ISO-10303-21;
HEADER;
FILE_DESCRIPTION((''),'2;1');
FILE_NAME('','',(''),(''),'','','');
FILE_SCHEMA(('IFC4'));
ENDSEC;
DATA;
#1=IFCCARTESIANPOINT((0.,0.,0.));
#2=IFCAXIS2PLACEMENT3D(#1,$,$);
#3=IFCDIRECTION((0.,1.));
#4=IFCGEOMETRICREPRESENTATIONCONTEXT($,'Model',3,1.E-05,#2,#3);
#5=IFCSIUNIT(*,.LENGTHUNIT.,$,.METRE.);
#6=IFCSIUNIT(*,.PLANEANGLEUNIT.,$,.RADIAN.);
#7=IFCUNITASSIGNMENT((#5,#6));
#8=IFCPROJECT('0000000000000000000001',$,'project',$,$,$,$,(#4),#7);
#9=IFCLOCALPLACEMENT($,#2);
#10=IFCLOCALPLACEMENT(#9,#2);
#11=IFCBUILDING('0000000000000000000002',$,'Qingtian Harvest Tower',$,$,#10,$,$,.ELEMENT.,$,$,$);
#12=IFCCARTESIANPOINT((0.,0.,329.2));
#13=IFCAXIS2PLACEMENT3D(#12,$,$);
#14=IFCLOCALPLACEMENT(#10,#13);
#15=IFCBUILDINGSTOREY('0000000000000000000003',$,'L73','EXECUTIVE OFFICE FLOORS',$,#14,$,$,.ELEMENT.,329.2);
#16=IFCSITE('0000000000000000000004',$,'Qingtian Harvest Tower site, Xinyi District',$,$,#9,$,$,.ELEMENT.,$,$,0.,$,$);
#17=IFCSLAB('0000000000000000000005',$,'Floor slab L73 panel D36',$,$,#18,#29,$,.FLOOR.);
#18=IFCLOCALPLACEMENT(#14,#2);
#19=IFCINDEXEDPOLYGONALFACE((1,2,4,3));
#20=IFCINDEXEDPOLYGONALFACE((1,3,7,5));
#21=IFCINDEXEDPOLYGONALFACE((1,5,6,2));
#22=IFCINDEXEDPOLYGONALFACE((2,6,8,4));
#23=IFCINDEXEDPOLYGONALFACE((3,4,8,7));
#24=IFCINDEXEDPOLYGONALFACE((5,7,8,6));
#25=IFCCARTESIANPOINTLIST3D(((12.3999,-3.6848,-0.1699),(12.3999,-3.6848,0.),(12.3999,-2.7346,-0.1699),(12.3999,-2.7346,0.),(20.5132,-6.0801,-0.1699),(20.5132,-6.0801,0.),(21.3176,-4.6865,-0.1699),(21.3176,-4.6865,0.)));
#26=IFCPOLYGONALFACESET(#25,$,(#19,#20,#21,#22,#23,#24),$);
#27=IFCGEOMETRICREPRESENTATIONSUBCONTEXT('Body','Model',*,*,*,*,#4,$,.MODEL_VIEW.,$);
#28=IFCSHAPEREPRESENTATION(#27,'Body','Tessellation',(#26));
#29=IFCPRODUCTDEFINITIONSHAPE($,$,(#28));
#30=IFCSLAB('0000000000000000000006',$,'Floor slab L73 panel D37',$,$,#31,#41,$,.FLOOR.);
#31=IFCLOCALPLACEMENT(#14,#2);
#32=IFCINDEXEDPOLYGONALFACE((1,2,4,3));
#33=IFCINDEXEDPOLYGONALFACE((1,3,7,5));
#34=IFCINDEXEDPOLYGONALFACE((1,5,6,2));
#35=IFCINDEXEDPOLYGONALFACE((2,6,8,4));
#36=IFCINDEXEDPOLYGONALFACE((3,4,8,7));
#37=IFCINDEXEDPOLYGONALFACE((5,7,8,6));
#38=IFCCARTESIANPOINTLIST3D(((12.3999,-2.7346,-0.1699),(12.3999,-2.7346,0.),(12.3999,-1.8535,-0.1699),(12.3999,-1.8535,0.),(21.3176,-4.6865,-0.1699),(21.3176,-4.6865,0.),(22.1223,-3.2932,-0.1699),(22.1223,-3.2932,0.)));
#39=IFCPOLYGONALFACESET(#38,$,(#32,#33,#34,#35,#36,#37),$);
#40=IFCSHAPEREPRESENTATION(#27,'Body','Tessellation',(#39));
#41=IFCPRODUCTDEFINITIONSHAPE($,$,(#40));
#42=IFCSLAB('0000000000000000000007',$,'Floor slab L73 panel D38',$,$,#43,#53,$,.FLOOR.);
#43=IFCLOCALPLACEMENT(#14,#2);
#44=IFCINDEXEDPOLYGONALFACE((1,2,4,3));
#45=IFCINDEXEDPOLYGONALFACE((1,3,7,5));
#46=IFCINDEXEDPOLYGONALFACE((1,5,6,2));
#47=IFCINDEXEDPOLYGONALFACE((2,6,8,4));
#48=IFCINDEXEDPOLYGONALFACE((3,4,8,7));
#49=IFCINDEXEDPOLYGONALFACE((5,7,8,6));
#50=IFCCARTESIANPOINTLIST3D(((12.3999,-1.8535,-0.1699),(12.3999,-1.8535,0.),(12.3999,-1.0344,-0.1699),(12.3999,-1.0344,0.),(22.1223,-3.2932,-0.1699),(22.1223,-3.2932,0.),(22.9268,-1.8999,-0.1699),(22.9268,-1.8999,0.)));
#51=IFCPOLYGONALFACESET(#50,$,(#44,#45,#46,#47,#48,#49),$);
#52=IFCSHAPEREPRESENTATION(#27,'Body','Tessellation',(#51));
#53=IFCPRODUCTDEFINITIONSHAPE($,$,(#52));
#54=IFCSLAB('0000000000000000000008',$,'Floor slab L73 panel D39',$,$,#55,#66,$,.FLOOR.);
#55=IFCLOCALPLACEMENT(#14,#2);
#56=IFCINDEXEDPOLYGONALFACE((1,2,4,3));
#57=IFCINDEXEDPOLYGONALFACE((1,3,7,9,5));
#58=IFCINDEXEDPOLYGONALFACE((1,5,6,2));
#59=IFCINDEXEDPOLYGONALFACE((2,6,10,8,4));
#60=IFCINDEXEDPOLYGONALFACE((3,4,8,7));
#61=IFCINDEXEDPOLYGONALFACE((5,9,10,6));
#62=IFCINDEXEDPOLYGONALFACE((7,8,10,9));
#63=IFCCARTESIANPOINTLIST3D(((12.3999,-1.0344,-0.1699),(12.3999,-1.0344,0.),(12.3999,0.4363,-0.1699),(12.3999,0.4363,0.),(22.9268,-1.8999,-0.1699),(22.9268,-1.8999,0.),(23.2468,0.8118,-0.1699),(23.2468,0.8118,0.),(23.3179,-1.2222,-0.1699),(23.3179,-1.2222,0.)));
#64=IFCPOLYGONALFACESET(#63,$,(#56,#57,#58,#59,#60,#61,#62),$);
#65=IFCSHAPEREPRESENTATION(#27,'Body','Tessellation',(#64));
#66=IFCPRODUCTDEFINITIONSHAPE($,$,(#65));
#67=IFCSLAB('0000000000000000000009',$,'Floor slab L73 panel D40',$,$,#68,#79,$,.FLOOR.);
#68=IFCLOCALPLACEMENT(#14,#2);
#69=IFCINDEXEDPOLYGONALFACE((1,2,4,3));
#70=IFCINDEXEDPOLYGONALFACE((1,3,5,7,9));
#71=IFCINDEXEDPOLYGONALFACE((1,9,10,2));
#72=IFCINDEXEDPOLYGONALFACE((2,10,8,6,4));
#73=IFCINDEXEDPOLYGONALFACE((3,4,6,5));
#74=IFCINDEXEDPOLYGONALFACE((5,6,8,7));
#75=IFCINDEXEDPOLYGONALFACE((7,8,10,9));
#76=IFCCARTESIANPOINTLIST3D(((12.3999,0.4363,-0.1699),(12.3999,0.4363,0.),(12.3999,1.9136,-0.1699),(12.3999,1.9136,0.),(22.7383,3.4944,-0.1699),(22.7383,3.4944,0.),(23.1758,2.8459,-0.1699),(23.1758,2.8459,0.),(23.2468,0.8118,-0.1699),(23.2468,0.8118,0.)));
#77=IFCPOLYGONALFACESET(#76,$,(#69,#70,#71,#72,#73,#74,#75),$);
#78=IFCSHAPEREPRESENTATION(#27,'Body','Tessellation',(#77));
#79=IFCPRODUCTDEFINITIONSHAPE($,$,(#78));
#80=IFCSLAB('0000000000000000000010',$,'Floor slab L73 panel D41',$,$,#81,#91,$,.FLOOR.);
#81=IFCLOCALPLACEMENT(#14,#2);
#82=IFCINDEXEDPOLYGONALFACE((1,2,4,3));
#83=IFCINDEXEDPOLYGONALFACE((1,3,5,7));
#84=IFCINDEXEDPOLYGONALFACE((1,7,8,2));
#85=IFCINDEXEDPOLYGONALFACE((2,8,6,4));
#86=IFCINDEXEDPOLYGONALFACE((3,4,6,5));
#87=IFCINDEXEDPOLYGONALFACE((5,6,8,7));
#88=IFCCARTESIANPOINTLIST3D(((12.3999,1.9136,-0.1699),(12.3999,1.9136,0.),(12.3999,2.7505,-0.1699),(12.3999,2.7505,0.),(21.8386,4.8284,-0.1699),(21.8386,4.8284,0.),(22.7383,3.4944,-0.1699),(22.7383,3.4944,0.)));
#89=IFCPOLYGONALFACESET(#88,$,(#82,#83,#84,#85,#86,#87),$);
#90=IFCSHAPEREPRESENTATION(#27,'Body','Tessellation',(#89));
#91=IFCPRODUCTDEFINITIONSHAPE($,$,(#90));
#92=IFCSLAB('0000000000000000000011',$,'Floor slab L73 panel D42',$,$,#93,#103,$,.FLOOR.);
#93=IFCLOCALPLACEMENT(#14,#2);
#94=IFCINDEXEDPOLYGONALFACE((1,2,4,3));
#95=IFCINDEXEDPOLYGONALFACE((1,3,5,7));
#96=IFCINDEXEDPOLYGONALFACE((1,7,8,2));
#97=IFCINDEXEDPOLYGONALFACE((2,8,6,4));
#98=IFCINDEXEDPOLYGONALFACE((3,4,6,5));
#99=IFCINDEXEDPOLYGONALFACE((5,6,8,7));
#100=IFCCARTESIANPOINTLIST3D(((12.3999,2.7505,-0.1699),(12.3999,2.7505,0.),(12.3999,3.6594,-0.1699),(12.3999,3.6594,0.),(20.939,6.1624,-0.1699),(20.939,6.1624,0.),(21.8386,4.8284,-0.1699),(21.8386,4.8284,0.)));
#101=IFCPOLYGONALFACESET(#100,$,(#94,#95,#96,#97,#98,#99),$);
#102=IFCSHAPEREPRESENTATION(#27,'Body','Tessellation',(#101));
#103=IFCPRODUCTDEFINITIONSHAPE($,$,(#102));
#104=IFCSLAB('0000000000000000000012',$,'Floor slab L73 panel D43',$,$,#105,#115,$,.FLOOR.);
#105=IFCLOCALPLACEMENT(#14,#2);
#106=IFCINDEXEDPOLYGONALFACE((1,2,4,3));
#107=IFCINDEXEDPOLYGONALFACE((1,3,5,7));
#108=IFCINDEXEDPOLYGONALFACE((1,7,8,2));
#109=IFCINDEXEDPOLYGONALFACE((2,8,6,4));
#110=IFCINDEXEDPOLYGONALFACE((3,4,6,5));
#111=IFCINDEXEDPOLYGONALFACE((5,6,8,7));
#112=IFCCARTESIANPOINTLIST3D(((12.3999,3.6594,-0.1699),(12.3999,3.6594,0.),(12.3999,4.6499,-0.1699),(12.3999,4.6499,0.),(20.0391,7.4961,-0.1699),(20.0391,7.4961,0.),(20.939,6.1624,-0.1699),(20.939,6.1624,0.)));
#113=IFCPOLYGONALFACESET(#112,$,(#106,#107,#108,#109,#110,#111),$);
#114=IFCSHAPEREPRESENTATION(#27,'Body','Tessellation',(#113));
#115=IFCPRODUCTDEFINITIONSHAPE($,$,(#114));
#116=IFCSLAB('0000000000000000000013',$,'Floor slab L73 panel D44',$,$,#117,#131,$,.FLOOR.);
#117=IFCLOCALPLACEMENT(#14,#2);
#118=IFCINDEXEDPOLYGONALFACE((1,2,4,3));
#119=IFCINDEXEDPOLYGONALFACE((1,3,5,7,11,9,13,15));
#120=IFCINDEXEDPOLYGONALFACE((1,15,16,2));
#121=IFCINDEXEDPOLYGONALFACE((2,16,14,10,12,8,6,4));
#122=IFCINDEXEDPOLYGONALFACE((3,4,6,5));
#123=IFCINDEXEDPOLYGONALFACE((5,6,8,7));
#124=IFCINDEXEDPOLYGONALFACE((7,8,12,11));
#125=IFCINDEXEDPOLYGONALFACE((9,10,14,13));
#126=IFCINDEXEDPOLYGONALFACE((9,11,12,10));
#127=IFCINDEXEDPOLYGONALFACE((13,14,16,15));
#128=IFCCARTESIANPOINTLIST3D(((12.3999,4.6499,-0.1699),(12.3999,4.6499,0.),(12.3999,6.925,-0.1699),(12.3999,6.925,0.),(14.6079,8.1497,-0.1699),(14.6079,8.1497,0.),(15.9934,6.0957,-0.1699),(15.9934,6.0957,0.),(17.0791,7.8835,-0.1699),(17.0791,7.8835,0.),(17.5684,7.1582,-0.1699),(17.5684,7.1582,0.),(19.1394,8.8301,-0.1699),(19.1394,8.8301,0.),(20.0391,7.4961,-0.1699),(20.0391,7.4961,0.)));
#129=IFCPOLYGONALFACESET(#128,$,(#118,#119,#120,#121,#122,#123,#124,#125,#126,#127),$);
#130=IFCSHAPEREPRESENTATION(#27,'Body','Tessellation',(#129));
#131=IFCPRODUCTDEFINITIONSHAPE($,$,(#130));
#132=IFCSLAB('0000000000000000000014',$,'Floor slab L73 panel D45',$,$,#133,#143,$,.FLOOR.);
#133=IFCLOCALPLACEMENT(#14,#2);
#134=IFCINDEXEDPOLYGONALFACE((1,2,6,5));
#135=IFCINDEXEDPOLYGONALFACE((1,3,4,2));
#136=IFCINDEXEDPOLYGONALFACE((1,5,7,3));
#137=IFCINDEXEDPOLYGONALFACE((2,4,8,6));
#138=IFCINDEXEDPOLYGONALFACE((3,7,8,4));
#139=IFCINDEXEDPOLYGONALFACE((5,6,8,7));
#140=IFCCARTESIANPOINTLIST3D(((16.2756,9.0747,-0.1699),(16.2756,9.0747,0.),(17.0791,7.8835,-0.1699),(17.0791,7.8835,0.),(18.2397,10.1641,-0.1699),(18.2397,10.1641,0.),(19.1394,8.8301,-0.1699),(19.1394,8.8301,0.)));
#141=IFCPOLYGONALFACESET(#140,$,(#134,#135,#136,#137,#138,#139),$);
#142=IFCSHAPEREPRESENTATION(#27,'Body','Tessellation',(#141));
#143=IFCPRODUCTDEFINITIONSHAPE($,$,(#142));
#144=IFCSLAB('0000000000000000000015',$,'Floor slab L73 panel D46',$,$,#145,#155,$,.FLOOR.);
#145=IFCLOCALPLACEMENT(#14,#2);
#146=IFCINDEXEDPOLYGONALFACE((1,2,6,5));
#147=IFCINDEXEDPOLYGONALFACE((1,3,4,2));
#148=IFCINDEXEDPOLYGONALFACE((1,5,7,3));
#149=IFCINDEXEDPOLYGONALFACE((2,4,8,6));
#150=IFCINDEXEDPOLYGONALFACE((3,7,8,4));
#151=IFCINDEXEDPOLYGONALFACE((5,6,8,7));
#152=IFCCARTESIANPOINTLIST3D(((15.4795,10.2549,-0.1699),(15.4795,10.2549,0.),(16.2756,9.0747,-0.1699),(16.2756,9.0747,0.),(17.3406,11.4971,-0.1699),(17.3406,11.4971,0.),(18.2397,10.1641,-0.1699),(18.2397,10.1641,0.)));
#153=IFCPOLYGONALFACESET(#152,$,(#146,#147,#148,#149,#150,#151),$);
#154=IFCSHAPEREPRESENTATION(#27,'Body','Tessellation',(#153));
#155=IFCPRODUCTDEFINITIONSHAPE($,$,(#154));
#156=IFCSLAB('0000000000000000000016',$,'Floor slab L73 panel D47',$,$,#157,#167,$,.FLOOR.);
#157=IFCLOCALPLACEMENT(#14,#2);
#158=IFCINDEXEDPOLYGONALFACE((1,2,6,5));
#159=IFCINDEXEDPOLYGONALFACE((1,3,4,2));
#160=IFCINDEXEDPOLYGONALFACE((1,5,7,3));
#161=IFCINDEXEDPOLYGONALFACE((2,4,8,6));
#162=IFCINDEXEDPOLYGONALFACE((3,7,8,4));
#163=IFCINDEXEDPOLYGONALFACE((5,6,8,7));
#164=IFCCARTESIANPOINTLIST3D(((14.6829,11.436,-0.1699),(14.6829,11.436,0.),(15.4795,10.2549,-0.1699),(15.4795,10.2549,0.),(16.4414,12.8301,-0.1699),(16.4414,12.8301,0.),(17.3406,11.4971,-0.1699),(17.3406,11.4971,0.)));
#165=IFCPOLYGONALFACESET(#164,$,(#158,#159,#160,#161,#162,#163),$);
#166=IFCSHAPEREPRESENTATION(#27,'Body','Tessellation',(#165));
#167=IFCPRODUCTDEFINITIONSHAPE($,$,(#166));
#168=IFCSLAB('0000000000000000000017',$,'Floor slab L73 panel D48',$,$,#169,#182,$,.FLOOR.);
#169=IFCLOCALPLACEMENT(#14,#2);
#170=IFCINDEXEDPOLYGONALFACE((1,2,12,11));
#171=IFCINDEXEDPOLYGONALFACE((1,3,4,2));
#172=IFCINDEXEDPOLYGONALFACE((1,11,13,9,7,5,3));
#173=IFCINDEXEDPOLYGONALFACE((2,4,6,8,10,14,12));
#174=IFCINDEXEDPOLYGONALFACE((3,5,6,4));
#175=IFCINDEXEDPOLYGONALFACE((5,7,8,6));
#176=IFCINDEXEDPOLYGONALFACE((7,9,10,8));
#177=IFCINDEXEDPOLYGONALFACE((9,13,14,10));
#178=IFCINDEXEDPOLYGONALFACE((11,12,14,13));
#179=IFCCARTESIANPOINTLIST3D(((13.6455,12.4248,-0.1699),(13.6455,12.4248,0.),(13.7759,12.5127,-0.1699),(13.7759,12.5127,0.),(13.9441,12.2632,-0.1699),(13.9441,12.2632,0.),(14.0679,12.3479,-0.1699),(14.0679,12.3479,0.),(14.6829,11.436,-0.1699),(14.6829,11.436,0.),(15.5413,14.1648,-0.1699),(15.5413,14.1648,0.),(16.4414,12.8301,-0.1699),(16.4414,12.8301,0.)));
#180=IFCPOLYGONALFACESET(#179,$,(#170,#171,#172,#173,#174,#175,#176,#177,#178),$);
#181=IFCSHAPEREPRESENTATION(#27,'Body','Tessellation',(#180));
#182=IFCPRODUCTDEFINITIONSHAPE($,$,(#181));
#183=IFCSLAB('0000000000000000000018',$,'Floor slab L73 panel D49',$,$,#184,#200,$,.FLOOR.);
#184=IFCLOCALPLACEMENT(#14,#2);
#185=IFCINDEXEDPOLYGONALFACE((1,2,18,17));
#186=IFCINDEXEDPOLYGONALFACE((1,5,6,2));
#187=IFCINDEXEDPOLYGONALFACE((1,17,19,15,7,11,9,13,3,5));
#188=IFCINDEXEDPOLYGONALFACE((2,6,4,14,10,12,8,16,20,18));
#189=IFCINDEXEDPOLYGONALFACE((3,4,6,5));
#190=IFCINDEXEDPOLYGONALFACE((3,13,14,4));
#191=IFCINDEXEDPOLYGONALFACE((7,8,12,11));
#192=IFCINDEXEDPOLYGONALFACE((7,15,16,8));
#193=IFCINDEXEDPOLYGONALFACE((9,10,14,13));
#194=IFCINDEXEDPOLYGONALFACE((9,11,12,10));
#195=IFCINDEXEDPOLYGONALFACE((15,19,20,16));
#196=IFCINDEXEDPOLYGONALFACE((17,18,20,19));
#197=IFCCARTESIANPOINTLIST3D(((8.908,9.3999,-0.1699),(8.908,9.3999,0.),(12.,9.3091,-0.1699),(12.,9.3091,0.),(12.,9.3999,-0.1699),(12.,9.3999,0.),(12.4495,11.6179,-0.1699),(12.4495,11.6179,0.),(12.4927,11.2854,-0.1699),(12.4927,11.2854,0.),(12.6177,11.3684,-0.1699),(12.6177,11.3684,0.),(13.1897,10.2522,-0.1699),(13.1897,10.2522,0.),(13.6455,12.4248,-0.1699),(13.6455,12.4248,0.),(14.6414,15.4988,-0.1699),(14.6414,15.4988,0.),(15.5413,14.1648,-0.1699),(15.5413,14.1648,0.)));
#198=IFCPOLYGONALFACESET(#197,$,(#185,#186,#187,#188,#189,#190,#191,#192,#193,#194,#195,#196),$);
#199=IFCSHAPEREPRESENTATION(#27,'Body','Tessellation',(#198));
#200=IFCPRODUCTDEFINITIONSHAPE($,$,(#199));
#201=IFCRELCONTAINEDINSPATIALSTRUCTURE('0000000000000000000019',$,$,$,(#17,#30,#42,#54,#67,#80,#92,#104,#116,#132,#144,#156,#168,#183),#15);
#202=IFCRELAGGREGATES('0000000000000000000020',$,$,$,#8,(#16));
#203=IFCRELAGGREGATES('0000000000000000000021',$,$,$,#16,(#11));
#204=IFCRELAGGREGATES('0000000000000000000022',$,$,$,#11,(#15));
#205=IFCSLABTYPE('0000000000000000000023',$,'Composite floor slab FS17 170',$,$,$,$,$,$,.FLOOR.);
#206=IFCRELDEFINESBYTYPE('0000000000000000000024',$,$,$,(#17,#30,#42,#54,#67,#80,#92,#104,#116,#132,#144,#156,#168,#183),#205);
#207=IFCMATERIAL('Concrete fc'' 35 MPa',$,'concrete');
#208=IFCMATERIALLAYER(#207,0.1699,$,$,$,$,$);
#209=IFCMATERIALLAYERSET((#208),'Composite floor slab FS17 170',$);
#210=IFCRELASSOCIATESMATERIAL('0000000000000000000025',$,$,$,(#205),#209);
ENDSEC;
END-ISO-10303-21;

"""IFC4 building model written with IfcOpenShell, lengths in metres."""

from ifc_helpers import new_model, si_unit, direction, frame, origin, place, context, subcontext, project, spatial, polyline, outline, extrude, material, layer, layer_set, type_object, element, save


model = new_model("IFC4")

# Units and contexts
model_context = context("Model", 3, precision=1e-05, world=origin(), true_north=direction((0.0, 1.0)))
body_context = subcontext(model_context, "Body", "Model", "MODEL_VIEW")
ifc_project = project(units=[si_unit("LENGTHUNIT", "METRE"), si_unit("PLANEANGLEUNIT", "RADIAN")], contexts=[model_context])

# Site, building, storey
site_placement = place(None, origin())
site = spatial("IfcSite", under=ifc_project, at=site_placement, Name="Qingtian Harvest Tower site, Xinyi District", CompositionType="ELEMENT", RefElevation=0.0)
building_placement = place(site_placement, origin())
building = spatial("IfcBuilding", under=site, at=building_placement, Name="Qingtian Harvest Tower", CompositionType="ELEMENT")
storey_placement = place(building_placement, frame((0.0, 0.0, 329.2)))
storey = spatial("IfcBuildingStorey", under=building, at=storey_placement, Name="L73", Description="EXECUTIVE OFFICE FLOORS", CompositionType="ELEMENT", Elevation=329.2)

# Slabs
ifc_material_1 = material(Name="Concrete fc' 35 MPa", Category="concrete")
ifc_layer_1 = layer(ifc_material_1, 0.1699)
ifc_layer_set_1 = layer_set([ifc_layer_1], Name="Composite floor slab FS17 170")
slab_type = type_object("IfcSlabType", Name="Composite floor slab FS17 170", PredefinedType="FLOOR", material=ifc_layer_set_1)
slab_1_placement = place(storey_placement, frame((0.0, 0.0, -0.1699)))
element("IfcSlab", 1, at=slab_1_placement, inside=storey, type_object=slab_type, Name="Floor slab L73 panel D36", PredefinedType="FLOOR", context=body_context, shape_type="SweptSolid", body=[
    extrude(outline(polyline([(12.3999, -2.7346), (21.3176, -4.6865), (20.5132, -6.0801), (12.3999, -3.6848), (12.3999, -2.7346)])), origin(), (0.0, 0.0, 1.0), 0.1699),
])
slab_2_placement = place(storey_placement, frame((0.0, 0.0, -0.1699)))
element("IfcSlab", 2, at=slab_2_placement, inside=storey, type_object=slab_type, Name="Floor slab L73 panel D37", PredefinedType="FLOOR", context=body_context, shape_type="SweptSolid", body=[
    extrude(outline(polyline([(12.3999, -1.8535), (22.1223, -3.2932), (21.3176, -4.6865), (12.3999, -2.7346), (12.3999, -1.8535)])), origin(), (0.0, 0.0, 1.0), 0.1699),
])
slab_3_placement = place(storey_placement, frame((0.0, 0.0, -0.1699)))
element("IfcSlab", 3, at=slab_3_placement, inside=storey, type_object=slab_type, Name="Floor slab L73 panel D38", PredefinedType="FLOOR", context=body_context, shape_type="SweptSolid", body=[
    extrude(outline(polyline([(12.3999, -1.0344), (22.9268, -1.8999), (22.1223, -3.2932), (12.3999, -1.8535), (12.3999, -1.0344)])), origin(), (0.0, 0.0, 1.0), 0.1699),
])
slab_4_placement = place(storey_placement, frame((0.0, 0.0, -0.1699)))
element("IfcSlab", 4, at=slab_4_placement, inside=storey, type_object=slab_type, Name="Floor slab L73 panel D39", PredefinedType="FLOOR", context=body_context, shape_type="SweptSolid", body=[
    extrude(outline(polyline([(12.3999, -1.0344), (12.3999, 0.4363), (23.2468, 0.8118), (23.3179, -1.2222), (22.9268, -1.8999), (12.3999, -1.0344)])), origin(), (0.0, 0.0, 1.0), 0.1699),
])
slab_5_placement = place(storey_placement, frame((0.0, 0.0, -0.1699)))
element("IfcSlab", 5, at=slab_5_placement, inside=storey, type_object=slab_type, Name="Floor slab L73 panel D40", PredefinedType="FLOOR", context=body_context, shape_type="SweptSolid", body=[
    extrude(outline(polyline([(12.3999, 0.4363), (12.3999, 1.9136), (22.7383, 3.4944), (23.1758, 2.8459), (23.2468, 0.8118), (12.3999, 0.4363)])), origin(), (0.0, 0.0, 1.0), 0.1699),
])
slab_6_placement = place(storey_placement, frame((0.0, 0.0, -0.1699)))
element("IfcSlab", 6, at=slab_6_placement, inside=storey, type_object=slab_type, Name="Floor slab L73 panel D41", PredefinedType="FLOOR", context=body_context, shape_type="SweptSolid", body=[
    extrude(outline(polyline([(12.3999, 2.7505), (21.8386, 4.8284), (22.7383, 3.4944), (12.3999, 1.9136), (12.3999, 2.7505)])), origin(), (0.0, 0.0, 1.0), 0.1699),
])
slab_7_placement = place(storey_placement, frame((0.0, 0.0, -0.1699)))
element("IfcSlab", 7, at=slab_7_placement, inside=storey, type_object=slab_type, Name="Floor slab L73 panel D42", PredefinedType="FLOOR", context=body_context, shape_type="SweptSolid", body=[
    extrude(outline(polyline([(12.3999, 3.6594), (20.939, 6.1624), (21.8386, 4.8284), (12.3999, 2.7505), (12.3999, 3.6594)])), origin(), (0.0, 0.0, 1.0), 0.1699),
])
slab_8_placement = place(storey_placement, frame((0.0, 0.0, -0.1699)))
element("IfcSlab", 8, at=slab_8_placement, inside=storey, type_object=slab_type, Name="Floor slab L73 panel D43", PredefinedType="FLOOR", context=body_context, shape_type="SweptSolid", body=[
    extrude(outline(polyline([(12.3999, 4.6499), (20.0391, 7.4961), (20.939, 6.1624), (12.3999, 3.6594), (12.3999, 4.6499)])), origin(), (0.0, 0.0, 1.0), 0.1699),
])
slab_9_placement = place(storey_placement, frame((0.0, 0.0, -0.1699)))
element("IfcSlab", 9, at=slab_9_placement, inside=storey, type_object=slab_type, Name="Floor slab L73 panel D44", PredefinedType="FLOOR", context=body_context, shape_type="SweptSolid", body=[
    extrude(outline(polyline([(12.3999, 4.6499), (12.3999, 6.925), (14.6079, 8.1497), (15.9934, 6.0957), (17.5684, 7.1582), (17.0791, 7.8835), (19.1394, 8.8301), (20.0391, 7.4961), (12.3999, 4.6499)])), origin(), (0.0, 0.0, 1.0), 0.1699),
])
slab_10_placement = place(storey_placement, frame((0.0, 0.0, -0.1699)))
element("IfcSlab", 10, at=slab_10_placement, inside=storey, type_object=slab_type, Name="Floor slab L73 panel D45", PredefinedType="FLOOR", context=body_context, shape_type="SweptSolid", body=[
    extrude(outline(polyline([(16.2756, 9.0747), (18.2397, 10.1641), (19.1394, 8.8301), (17.0791, 7.8835), (16.2756, 9.0747)])), origin(), (0.0, 0.0, 1.0), 0.1699),
])
slab_11_placement = place(storey_placement, frame((0.0, 0.0, -0.1699)))
element("IfcSlab", 11, at=slab_11_placement, inside=storey, type_object=slab_type, Name="Floor slab L73 panel D46", PredefinedType="FLOOR", context=body_context, shape_type="SweptSolid", body=[
    extrude(outline(polyline([(15.4795, 10.2549), (17.3406, 11.4971), (18.2397, 10.1641), (16.2756, 9.0747), (15.4795, 10.2549)])), origin(), (0.0, 0.0, 1.0), 0.1699),
])
slab_12_placement = place(storey_placement, frame((0.0, 0.0, -0.1699)))
element("IfcSlab", 12, at=slab_12_placement, inside=storey, type_object=slab_type, Name="Floor slab L73 panel D47", PredefinedType="FLOOR", context=body_context, shape_type="SweptSolid", body=[
    extrude(outline(polyline([(14.6829, 11.436), (16.4414, 12.8301), (17.3406, 11.4971), (15.4795, 10.2549), (14.6829, 11.436)])), origin(), (0.0, 0.0, 1.0), 0.1699),
])
slab_13_placement = place(storey_placement, frame((0.0, 0.0, -0.1699)))
element("IfcSlab", 13, at=slab_13_placement, inside=storey, type_object=slab_type, Name="Floor slab L73 panel D48", PredefinedType="FLOOR", context=body_context, shape_type="SweptSolid", body=[
    extrude(outline(polyline([(14.0679, 12.3479), (13.9441, 12.2632), (13.7759, 12.5127), (13.6455, 12.4248), (15.5413, 14.1648), (16.4414, 12.8301), (14.6829, 11.436), (14.0679, 12.3479)])), origin(), (0.0, 0.0, 1.0), 0.1699),
])
slab_14_placement = place(storey_placement, frame((0.0, 0.0, -0.1699)))
element("IfcSlab", 14, at=slab_14_placement, inside=storey, type_object=slab_type, Name="Floor slab L73 panel D49", PredefinedType="FLOOR", context=body_context, shape_type="SweptSolid", body=[
    extrude(outline(polyline([(8.908, 9.3999), (14.6414, 15.4988), (14.6414, 15.4988), (15.5413, 14.1648), (13.6455, 12.4248), (12.4495, 11.6179), (12.6177, 11.3684), (12.4927, 11.2854), (13.1897, 10.2522), (12.0, 9.3091), (12.0, 9.3999), (8.908, 9.3999)])), origin(), (0.0, 0.0, 1.0), 0.1699),
])

save(model, "model.ifc")
